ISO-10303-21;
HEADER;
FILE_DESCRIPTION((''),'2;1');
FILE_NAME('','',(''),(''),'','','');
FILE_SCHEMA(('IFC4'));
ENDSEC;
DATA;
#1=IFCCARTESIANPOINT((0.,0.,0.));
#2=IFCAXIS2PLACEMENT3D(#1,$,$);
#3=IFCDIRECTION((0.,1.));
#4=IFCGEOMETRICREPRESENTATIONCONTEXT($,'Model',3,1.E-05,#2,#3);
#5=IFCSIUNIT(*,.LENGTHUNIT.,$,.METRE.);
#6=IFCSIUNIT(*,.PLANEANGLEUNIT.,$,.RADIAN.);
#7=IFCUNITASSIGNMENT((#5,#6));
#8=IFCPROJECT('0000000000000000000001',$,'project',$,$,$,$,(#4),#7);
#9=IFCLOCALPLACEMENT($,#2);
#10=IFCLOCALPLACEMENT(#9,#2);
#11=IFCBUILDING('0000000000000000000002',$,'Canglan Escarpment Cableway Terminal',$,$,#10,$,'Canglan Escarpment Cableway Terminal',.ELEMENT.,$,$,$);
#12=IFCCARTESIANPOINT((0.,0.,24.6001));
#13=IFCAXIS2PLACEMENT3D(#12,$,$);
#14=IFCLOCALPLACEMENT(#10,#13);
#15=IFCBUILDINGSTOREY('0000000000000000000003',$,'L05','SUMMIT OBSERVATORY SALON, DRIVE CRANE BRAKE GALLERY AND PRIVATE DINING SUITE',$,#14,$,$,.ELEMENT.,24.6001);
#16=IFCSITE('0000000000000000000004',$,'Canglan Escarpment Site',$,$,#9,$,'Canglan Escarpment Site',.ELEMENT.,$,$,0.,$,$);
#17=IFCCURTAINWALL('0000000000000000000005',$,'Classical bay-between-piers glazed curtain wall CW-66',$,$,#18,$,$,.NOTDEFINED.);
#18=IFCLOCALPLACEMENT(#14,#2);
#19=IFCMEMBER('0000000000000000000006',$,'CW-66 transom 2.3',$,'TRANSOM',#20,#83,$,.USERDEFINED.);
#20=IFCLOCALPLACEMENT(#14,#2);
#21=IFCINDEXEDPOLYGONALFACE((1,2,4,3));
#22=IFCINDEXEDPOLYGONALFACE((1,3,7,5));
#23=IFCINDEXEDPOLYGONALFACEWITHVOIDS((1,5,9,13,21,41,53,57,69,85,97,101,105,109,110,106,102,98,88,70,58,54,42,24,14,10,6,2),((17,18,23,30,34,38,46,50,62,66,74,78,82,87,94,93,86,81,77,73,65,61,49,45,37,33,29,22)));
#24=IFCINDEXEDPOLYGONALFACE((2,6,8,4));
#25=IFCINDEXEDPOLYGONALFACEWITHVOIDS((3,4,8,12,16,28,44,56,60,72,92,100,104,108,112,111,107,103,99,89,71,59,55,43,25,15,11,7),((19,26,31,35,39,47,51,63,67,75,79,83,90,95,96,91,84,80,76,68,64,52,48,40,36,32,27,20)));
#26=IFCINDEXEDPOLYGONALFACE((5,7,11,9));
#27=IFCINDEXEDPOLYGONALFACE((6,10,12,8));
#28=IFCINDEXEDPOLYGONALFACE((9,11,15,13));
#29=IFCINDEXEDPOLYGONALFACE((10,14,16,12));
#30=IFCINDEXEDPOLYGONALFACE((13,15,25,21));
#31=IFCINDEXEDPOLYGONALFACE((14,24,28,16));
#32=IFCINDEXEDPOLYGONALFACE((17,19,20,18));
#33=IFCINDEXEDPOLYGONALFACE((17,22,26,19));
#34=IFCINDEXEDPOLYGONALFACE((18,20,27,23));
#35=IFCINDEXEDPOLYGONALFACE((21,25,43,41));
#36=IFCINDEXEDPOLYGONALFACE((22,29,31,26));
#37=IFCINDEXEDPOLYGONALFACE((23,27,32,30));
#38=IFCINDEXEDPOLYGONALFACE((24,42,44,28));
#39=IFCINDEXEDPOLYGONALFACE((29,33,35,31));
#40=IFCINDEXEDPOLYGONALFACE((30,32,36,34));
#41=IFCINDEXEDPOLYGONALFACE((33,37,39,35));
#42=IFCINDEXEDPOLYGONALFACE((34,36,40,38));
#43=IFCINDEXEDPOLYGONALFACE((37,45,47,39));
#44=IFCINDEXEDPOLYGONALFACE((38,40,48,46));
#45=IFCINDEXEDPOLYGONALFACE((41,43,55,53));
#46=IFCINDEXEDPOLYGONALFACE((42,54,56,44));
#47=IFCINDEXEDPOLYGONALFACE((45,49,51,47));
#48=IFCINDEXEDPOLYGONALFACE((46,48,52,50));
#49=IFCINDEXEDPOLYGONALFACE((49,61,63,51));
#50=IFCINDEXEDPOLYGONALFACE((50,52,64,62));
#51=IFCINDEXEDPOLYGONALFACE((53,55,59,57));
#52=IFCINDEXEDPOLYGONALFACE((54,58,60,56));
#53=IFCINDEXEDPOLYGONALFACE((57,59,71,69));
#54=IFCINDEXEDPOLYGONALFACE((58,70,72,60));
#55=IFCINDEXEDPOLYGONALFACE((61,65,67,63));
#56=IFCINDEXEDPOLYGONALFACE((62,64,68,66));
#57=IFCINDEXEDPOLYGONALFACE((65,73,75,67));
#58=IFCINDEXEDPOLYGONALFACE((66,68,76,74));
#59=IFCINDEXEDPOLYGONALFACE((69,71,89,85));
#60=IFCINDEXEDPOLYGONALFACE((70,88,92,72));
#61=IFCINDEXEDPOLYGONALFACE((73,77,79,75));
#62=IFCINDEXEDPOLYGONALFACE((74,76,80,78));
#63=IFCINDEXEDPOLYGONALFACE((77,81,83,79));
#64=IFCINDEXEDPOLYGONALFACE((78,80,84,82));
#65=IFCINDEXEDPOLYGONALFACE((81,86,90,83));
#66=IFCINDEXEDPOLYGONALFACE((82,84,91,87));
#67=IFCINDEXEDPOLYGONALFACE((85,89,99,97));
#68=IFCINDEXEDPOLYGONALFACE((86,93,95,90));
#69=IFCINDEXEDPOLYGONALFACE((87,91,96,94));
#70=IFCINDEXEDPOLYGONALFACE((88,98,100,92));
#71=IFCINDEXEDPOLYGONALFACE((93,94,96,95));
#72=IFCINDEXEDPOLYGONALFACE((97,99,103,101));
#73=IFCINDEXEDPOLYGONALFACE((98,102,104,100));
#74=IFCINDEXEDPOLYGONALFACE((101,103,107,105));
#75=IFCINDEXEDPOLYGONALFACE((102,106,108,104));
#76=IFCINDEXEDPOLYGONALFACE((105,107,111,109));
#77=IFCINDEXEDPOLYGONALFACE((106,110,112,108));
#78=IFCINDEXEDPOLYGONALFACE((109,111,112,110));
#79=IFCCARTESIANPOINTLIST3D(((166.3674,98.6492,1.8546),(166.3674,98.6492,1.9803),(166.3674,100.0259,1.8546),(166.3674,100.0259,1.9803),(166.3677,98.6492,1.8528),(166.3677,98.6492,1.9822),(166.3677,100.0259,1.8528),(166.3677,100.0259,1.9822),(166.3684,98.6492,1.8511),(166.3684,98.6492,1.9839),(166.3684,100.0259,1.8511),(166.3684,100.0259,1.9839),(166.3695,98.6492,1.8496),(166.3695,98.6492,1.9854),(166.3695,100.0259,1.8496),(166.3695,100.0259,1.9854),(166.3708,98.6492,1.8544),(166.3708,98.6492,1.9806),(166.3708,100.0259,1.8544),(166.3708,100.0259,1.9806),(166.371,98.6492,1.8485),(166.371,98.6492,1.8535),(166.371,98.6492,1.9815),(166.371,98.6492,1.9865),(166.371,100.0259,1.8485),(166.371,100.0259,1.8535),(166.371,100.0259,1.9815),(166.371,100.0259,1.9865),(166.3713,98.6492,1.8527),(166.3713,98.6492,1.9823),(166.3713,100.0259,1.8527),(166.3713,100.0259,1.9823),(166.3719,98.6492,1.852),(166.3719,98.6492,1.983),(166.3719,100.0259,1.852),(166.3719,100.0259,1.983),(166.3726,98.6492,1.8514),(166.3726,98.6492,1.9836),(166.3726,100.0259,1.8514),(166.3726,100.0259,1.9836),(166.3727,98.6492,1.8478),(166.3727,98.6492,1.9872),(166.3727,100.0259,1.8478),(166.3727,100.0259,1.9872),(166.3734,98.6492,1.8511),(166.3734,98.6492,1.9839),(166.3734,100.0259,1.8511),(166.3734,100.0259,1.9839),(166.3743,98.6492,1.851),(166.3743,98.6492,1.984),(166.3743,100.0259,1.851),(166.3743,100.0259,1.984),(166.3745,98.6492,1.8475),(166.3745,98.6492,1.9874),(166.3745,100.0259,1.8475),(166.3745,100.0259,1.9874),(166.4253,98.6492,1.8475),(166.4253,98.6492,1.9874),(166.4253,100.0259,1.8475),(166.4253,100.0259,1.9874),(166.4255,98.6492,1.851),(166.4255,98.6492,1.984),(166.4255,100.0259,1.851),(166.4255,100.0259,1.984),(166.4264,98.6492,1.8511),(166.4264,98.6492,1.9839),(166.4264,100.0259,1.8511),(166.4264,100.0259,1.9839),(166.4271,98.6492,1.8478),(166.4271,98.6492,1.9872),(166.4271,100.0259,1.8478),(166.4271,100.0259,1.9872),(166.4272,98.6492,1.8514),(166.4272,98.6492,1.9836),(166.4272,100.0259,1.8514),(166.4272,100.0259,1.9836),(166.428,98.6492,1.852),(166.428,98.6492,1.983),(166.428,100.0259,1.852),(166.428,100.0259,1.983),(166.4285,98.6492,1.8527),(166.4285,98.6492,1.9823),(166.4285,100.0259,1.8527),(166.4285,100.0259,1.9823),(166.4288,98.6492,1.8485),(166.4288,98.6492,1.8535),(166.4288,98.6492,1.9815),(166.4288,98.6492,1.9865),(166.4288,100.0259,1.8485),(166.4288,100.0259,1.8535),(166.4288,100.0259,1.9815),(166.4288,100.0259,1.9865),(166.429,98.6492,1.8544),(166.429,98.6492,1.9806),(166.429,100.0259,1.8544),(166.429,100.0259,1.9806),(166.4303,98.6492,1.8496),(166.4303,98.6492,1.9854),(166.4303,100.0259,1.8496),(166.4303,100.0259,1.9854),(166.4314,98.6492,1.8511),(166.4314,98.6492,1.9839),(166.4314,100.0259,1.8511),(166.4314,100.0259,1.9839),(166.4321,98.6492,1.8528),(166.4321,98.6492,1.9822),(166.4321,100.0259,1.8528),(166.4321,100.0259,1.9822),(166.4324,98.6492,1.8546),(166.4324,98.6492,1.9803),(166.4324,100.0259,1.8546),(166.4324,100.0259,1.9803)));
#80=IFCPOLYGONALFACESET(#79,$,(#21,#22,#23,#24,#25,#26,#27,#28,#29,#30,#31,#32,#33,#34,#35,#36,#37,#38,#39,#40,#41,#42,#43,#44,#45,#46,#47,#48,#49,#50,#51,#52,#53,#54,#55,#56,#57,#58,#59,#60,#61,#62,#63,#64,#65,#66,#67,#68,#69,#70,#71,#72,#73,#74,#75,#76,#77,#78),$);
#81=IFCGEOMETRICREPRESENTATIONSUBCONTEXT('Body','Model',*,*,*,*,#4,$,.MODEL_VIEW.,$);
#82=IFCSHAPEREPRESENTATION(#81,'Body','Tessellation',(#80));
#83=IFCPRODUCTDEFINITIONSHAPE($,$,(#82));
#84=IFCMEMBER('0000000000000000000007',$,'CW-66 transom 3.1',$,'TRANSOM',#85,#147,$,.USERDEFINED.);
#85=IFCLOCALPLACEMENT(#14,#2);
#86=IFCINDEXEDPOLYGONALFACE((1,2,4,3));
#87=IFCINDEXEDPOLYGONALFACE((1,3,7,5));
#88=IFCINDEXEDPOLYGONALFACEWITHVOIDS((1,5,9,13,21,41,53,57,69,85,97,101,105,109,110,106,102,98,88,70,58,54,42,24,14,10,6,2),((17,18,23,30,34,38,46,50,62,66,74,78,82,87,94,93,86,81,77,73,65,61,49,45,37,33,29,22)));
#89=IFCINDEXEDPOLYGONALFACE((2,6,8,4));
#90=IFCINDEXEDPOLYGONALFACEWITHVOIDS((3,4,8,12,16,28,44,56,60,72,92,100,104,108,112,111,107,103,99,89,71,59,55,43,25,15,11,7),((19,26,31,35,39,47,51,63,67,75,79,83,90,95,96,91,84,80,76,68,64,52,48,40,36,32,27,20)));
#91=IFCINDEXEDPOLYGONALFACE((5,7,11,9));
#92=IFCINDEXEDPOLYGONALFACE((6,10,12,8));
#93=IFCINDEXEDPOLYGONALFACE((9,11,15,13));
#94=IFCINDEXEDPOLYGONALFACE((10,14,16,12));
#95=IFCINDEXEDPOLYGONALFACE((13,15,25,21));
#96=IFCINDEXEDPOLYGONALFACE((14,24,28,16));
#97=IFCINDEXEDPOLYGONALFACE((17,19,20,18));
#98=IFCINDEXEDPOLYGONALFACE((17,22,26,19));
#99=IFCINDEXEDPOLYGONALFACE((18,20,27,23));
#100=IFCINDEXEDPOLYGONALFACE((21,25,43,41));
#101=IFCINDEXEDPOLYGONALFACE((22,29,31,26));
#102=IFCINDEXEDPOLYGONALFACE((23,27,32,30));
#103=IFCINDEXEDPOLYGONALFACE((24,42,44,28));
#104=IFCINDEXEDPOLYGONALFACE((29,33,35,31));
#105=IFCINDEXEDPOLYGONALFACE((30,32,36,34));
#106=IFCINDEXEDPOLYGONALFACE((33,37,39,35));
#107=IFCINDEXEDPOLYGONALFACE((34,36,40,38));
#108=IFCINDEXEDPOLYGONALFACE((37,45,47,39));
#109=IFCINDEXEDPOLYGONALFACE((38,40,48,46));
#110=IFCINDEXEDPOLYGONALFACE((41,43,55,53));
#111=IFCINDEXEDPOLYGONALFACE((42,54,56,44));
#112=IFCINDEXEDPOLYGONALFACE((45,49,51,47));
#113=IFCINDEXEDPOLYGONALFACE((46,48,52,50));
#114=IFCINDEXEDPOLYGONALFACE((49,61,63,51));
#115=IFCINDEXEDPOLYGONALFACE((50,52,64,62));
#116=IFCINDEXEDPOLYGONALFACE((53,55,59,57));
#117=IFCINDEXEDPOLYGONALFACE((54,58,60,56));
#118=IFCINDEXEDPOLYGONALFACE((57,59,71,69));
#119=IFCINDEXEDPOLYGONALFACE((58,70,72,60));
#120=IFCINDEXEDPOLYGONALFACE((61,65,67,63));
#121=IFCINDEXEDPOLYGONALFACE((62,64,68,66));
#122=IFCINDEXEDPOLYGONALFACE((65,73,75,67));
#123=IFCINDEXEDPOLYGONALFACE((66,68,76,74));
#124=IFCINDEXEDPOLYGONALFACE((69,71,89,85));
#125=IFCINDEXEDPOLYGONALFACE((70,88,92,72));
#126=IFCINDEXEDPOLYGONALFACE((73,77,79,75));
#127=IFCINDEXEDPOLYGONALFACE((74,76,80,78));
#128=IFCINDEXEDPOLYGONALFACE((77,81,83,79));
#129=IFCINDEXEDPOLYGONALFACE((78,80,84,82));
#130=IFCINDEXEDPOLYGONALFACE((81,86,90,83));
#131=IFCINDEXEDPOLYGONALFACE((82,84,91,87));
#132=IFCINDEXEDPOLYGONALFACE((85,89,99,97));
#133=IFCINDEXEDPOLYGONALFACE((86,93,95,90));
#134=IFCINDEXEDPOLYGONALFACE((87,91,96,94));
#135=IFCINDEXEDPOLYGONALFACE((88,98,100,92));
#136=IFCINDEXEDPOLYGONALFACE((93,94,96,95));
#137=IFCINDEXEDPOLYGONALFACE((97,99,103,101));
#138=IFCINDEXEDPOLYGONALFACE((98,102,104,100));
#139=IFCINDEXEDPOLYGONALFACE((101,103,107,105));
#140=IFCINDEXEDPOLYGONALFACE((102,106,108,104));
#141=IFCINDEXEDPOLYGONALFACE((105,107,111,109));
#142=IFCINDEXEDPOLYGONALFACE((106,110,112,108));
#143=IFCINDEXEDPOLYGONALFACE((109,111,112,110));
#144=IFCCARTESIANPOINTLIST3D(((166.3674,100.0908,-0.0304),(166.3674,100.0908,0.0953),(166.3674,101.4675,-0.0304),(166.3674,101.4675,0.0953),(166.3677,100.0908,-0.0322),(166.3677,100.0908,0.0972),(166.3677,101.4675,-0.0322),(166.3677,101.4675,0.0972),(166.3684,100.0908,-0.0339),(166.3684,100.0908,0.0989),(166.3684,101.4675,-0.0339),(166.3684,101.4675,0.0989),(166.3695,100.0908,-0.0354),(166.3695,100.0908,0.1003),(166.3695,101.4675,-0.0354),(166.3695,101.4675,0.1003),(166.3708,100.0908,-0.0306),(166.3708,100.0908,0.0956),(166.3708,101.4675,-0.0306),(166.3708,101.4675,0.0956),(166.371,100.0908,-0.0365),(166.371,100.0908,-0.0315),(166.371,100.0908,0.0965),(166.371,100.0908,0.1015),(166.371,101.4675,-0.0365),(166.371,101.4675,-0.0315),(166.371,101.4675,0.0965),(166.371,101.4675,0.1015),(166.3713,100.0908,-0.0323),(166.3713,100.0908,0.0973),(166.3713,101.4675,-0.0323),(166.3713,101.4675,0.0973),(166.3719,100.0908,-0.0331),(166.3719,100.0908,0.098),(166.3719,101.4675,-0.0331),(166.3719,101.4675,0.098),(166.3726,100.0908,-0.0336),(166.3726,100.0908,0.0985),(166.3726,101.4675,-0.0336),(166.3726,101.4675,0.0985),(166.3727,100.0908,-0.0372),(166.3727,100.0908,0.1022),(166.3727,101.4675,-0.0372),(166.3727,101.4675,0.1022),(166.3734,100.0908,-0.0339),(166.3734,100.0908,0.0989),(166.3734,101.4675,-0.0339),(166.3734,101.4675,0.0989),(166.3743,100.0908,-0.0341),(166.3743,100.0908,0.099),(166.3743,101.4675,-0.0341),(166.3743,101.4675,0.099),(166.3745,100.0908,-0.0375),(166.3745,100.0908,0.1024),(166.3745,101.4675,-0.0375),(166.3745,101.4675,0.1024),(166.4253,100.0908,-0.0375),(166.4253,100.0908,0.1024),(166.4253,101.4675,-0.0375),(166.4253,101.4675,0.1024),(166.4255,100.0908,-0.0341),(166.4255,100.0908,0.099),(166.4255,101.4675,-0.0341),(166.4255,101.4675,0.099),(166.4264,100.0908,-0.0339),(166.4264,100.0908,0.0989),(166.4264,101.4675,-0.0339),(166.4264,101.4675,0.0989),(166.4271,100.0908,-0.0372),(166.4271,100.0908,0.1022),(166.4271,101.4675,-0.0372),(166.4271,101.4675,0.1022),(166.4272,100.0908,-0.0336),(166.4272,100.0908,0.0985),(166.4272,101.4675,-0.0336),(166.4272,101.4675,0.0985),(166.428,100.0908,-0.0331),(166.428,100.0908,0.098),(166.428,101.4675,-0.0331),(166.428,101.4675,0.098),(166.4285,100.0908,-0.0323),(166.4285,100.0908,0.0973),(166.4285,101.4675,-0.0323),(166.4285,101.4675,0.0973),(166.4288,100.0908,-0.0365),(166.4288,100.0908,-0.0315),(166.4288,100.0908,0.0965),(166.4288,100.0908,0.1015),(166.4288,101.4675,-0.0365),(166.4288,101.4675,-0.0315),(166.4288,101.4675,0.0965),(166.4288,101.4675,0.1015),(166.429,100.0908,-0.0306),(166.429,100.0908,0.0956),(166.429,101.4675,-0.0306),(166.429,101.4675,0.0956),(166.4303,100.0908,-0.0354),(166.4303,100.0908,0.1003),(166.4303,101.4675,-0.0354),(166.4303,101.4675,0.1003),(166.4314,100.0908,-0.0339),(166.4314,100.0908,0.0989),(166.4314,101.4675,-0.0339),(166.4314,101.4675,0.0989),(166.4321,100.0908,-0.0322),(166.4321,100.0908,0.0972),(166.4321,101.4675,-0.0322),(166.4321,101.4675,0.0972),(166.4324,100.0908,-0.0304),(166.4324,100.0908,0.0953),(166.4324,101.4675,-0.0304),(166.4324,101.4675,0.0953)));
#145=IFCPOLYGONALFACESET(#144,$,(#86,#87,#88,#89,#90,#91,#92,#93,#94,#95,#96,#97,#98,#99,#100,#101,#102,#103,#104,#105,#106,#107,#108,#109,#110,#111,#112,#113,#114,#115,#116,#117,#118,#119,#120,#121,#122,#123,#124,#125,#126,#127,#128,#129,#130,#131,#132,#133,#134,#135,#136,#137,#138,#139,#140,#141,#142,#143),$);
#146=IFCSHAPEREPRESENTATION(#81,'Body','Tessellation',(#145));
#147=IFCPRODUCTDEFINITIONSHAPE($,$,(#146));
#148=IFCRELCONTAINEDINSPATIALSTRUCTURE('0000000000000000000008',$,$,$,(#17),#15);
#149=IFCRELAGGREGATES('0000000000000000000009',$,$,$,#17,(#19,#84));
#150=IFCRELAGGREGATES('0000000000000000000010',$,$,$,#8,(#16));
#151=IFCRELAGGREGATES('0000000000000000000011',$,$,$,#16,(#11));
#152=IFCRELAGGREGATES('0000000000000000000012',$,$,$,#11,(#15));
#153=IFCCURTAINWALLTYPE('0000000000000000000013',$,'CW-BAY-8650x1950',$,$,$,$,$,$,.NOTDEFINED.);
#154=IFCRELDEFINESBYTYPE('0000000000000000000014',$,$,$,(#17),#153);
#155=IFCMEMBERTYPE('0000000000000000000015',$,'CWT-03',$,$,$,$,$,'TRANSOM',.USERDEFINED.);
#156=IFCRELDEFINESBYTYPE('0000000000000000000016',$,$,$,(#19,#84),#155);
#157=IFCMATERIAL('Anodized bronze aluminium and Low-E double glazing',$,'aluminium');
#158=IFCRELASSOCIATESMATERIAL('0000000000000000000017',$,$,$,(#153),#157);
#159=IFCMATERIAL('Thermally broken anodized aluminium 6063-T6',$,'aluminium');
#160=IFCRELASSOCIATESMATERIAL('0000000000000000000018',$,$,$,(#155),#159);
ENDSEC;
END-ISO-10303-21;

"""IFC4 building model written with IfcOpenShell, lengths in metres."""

from ifc_helpers import new_model, si_unit, direction, frame, origin, origin_2d, place, context, subcontext, project, spatial, hollow_rectangle, extrude, material, material_profile, profile_set, type_object, element, aggregate, save


model = new_model("IFC4")

# Units and contexts
model_context = context("Model", 3, precision=1e-05, world=origin(), true_north=direction((0.0, 1.0)))
body_context = subcontext(model_context, "Body", "Model", "MODEL_VIEW")
ifc_project = project(units=[si_unit("LENGTHUNIT", "METRE"), si_unit("PLANEANGLEUNIT", "RADIAN")], contexts=[model_context])

# Site, building, storey
site_placement = place(None, origin())
site = spatial("IfcSite", under=ifc_project, at=site_placement, Name="Canglan Escarpment Site", LongName="Canglan Escarpment Site", CompositionType="ELEMENT", RefElevation=0.0)
building_placement = place(site_placement, origin())
building = spatial("IfcBuilding", under=site, at=building_placement, Name="Canglan Escarpment Cableway Terminal", LongName="Canglan Escarpment Cableway Terminal", CompositionType="ELEMENT")
storey_placement = place(building_placement, frame((0.0, 0.0, 24.6001)))
storey = spatial("IfcBuildingStorey", under=building, at=storey_placement, Name="L05", Description="SUMMIT OBSERVATORY SALON, DRIVE CRANE BRAKE GALLERY AND PRIVATE DINING SUITE", CompositionType="ELEMENT", Elevation=24.6001)

# Shared definitions
ifc_material_1 = material(Name="Anodized bronze aluminium and Low-E double glazing", Category="aluminium")
curtain_wall_type = type_object("IfcCurtainWallType", Name="CW-BAY-8650x1950", PredefinedType="NOTDEFINED", material=ifc_material_1)
ifc_material_2 = material(Name="Thermally broken anodized aluminium 6063-T6", Category="aluminium")

# Curtain wall, members
curtain_wall_1_placement = place(storey_placement, origin())
curtain_wall_1 = element("IfcCurtainWall", 1, at=curtain_wall_1_placement, inside=storey, type_object=curtain_wall_type, Name="Classical bay-between-piers glazed curtain wall CW-66", PredefinedType="NOTDEFINED")
ifc_material_profile_1 = material_profile(ifc_material_2, hollow_rectangle(XDim=0.0649, YDim=0.1399, WallThickness=0.0034, InnerFilletRadius=0.0034, OuterFilletRadius=0.0071, at=origin_2d()), Name="ALU-TRAN 65x140x3.5")
ifc_profile_set_1 = profile_set([ifc_material_profile_1], Name="Thermally broken anodized aluminium 6063-T6")
member_type_1 = type_object("IfcMemberType", Name="CWT-03", ElementType="TRANSOM", PredefinedType="USERDEFINED", material=ifc_profile_set_1)
member_1_placement = place(storey_placement, frame((166.3999, 98.6492, 1.9175), z_axis=(0.0, 1.0, 0.0), x_axis=(-1.0, 0.0, 0.0)))
member_1 = element("IfcMember", 2, at=member_1_placement, type_object=member_type_1, Name="CW-66 transom 2.3", ObjectType="TRANSOM", PredefinedType="USERDEFINED", context=body_context, shape_type="SweptSolid", body=[
    extrude(hollow_rectangle(XDim=0.0649, YDim=0.1399, WallThickness=0.0034, InnerFilletRadius=0.0034, OuterFilletRadius=0.0071, at=origin_2d()), origin(), (0.0, 0.0, 1.0), 1.3767),
])
member_2_placement = place(storey_placement, frame((166.3999, 100.0908, 0.0325), z_axis=(0.0, 1.0, 0.0), x_axis=(-1.0, 0.0, 0.0)))
member_2 = element("IfcMember", 3, at=member_2_placement, type_object=member_type_1, Name="CW-66 transom 3.1", ObjectType="TRANSOM", PredefinedType="USERDEFINED", context=body_context, shape_type="SweptSolid", body=[
    extrude(hollow_rectangle(XDim=0.0649, YDim=0.1399, WallThickness=0.0034, InnerFilletRadius=0.0034, OuterFilletRadius=0.0071, at=origin_2d()), origin(), (0.0, 0.0, 1.0), 1.3767),
])

aggregate(curtain_wall_1, [member_1, member_2])

save(model, "model.ifc")
